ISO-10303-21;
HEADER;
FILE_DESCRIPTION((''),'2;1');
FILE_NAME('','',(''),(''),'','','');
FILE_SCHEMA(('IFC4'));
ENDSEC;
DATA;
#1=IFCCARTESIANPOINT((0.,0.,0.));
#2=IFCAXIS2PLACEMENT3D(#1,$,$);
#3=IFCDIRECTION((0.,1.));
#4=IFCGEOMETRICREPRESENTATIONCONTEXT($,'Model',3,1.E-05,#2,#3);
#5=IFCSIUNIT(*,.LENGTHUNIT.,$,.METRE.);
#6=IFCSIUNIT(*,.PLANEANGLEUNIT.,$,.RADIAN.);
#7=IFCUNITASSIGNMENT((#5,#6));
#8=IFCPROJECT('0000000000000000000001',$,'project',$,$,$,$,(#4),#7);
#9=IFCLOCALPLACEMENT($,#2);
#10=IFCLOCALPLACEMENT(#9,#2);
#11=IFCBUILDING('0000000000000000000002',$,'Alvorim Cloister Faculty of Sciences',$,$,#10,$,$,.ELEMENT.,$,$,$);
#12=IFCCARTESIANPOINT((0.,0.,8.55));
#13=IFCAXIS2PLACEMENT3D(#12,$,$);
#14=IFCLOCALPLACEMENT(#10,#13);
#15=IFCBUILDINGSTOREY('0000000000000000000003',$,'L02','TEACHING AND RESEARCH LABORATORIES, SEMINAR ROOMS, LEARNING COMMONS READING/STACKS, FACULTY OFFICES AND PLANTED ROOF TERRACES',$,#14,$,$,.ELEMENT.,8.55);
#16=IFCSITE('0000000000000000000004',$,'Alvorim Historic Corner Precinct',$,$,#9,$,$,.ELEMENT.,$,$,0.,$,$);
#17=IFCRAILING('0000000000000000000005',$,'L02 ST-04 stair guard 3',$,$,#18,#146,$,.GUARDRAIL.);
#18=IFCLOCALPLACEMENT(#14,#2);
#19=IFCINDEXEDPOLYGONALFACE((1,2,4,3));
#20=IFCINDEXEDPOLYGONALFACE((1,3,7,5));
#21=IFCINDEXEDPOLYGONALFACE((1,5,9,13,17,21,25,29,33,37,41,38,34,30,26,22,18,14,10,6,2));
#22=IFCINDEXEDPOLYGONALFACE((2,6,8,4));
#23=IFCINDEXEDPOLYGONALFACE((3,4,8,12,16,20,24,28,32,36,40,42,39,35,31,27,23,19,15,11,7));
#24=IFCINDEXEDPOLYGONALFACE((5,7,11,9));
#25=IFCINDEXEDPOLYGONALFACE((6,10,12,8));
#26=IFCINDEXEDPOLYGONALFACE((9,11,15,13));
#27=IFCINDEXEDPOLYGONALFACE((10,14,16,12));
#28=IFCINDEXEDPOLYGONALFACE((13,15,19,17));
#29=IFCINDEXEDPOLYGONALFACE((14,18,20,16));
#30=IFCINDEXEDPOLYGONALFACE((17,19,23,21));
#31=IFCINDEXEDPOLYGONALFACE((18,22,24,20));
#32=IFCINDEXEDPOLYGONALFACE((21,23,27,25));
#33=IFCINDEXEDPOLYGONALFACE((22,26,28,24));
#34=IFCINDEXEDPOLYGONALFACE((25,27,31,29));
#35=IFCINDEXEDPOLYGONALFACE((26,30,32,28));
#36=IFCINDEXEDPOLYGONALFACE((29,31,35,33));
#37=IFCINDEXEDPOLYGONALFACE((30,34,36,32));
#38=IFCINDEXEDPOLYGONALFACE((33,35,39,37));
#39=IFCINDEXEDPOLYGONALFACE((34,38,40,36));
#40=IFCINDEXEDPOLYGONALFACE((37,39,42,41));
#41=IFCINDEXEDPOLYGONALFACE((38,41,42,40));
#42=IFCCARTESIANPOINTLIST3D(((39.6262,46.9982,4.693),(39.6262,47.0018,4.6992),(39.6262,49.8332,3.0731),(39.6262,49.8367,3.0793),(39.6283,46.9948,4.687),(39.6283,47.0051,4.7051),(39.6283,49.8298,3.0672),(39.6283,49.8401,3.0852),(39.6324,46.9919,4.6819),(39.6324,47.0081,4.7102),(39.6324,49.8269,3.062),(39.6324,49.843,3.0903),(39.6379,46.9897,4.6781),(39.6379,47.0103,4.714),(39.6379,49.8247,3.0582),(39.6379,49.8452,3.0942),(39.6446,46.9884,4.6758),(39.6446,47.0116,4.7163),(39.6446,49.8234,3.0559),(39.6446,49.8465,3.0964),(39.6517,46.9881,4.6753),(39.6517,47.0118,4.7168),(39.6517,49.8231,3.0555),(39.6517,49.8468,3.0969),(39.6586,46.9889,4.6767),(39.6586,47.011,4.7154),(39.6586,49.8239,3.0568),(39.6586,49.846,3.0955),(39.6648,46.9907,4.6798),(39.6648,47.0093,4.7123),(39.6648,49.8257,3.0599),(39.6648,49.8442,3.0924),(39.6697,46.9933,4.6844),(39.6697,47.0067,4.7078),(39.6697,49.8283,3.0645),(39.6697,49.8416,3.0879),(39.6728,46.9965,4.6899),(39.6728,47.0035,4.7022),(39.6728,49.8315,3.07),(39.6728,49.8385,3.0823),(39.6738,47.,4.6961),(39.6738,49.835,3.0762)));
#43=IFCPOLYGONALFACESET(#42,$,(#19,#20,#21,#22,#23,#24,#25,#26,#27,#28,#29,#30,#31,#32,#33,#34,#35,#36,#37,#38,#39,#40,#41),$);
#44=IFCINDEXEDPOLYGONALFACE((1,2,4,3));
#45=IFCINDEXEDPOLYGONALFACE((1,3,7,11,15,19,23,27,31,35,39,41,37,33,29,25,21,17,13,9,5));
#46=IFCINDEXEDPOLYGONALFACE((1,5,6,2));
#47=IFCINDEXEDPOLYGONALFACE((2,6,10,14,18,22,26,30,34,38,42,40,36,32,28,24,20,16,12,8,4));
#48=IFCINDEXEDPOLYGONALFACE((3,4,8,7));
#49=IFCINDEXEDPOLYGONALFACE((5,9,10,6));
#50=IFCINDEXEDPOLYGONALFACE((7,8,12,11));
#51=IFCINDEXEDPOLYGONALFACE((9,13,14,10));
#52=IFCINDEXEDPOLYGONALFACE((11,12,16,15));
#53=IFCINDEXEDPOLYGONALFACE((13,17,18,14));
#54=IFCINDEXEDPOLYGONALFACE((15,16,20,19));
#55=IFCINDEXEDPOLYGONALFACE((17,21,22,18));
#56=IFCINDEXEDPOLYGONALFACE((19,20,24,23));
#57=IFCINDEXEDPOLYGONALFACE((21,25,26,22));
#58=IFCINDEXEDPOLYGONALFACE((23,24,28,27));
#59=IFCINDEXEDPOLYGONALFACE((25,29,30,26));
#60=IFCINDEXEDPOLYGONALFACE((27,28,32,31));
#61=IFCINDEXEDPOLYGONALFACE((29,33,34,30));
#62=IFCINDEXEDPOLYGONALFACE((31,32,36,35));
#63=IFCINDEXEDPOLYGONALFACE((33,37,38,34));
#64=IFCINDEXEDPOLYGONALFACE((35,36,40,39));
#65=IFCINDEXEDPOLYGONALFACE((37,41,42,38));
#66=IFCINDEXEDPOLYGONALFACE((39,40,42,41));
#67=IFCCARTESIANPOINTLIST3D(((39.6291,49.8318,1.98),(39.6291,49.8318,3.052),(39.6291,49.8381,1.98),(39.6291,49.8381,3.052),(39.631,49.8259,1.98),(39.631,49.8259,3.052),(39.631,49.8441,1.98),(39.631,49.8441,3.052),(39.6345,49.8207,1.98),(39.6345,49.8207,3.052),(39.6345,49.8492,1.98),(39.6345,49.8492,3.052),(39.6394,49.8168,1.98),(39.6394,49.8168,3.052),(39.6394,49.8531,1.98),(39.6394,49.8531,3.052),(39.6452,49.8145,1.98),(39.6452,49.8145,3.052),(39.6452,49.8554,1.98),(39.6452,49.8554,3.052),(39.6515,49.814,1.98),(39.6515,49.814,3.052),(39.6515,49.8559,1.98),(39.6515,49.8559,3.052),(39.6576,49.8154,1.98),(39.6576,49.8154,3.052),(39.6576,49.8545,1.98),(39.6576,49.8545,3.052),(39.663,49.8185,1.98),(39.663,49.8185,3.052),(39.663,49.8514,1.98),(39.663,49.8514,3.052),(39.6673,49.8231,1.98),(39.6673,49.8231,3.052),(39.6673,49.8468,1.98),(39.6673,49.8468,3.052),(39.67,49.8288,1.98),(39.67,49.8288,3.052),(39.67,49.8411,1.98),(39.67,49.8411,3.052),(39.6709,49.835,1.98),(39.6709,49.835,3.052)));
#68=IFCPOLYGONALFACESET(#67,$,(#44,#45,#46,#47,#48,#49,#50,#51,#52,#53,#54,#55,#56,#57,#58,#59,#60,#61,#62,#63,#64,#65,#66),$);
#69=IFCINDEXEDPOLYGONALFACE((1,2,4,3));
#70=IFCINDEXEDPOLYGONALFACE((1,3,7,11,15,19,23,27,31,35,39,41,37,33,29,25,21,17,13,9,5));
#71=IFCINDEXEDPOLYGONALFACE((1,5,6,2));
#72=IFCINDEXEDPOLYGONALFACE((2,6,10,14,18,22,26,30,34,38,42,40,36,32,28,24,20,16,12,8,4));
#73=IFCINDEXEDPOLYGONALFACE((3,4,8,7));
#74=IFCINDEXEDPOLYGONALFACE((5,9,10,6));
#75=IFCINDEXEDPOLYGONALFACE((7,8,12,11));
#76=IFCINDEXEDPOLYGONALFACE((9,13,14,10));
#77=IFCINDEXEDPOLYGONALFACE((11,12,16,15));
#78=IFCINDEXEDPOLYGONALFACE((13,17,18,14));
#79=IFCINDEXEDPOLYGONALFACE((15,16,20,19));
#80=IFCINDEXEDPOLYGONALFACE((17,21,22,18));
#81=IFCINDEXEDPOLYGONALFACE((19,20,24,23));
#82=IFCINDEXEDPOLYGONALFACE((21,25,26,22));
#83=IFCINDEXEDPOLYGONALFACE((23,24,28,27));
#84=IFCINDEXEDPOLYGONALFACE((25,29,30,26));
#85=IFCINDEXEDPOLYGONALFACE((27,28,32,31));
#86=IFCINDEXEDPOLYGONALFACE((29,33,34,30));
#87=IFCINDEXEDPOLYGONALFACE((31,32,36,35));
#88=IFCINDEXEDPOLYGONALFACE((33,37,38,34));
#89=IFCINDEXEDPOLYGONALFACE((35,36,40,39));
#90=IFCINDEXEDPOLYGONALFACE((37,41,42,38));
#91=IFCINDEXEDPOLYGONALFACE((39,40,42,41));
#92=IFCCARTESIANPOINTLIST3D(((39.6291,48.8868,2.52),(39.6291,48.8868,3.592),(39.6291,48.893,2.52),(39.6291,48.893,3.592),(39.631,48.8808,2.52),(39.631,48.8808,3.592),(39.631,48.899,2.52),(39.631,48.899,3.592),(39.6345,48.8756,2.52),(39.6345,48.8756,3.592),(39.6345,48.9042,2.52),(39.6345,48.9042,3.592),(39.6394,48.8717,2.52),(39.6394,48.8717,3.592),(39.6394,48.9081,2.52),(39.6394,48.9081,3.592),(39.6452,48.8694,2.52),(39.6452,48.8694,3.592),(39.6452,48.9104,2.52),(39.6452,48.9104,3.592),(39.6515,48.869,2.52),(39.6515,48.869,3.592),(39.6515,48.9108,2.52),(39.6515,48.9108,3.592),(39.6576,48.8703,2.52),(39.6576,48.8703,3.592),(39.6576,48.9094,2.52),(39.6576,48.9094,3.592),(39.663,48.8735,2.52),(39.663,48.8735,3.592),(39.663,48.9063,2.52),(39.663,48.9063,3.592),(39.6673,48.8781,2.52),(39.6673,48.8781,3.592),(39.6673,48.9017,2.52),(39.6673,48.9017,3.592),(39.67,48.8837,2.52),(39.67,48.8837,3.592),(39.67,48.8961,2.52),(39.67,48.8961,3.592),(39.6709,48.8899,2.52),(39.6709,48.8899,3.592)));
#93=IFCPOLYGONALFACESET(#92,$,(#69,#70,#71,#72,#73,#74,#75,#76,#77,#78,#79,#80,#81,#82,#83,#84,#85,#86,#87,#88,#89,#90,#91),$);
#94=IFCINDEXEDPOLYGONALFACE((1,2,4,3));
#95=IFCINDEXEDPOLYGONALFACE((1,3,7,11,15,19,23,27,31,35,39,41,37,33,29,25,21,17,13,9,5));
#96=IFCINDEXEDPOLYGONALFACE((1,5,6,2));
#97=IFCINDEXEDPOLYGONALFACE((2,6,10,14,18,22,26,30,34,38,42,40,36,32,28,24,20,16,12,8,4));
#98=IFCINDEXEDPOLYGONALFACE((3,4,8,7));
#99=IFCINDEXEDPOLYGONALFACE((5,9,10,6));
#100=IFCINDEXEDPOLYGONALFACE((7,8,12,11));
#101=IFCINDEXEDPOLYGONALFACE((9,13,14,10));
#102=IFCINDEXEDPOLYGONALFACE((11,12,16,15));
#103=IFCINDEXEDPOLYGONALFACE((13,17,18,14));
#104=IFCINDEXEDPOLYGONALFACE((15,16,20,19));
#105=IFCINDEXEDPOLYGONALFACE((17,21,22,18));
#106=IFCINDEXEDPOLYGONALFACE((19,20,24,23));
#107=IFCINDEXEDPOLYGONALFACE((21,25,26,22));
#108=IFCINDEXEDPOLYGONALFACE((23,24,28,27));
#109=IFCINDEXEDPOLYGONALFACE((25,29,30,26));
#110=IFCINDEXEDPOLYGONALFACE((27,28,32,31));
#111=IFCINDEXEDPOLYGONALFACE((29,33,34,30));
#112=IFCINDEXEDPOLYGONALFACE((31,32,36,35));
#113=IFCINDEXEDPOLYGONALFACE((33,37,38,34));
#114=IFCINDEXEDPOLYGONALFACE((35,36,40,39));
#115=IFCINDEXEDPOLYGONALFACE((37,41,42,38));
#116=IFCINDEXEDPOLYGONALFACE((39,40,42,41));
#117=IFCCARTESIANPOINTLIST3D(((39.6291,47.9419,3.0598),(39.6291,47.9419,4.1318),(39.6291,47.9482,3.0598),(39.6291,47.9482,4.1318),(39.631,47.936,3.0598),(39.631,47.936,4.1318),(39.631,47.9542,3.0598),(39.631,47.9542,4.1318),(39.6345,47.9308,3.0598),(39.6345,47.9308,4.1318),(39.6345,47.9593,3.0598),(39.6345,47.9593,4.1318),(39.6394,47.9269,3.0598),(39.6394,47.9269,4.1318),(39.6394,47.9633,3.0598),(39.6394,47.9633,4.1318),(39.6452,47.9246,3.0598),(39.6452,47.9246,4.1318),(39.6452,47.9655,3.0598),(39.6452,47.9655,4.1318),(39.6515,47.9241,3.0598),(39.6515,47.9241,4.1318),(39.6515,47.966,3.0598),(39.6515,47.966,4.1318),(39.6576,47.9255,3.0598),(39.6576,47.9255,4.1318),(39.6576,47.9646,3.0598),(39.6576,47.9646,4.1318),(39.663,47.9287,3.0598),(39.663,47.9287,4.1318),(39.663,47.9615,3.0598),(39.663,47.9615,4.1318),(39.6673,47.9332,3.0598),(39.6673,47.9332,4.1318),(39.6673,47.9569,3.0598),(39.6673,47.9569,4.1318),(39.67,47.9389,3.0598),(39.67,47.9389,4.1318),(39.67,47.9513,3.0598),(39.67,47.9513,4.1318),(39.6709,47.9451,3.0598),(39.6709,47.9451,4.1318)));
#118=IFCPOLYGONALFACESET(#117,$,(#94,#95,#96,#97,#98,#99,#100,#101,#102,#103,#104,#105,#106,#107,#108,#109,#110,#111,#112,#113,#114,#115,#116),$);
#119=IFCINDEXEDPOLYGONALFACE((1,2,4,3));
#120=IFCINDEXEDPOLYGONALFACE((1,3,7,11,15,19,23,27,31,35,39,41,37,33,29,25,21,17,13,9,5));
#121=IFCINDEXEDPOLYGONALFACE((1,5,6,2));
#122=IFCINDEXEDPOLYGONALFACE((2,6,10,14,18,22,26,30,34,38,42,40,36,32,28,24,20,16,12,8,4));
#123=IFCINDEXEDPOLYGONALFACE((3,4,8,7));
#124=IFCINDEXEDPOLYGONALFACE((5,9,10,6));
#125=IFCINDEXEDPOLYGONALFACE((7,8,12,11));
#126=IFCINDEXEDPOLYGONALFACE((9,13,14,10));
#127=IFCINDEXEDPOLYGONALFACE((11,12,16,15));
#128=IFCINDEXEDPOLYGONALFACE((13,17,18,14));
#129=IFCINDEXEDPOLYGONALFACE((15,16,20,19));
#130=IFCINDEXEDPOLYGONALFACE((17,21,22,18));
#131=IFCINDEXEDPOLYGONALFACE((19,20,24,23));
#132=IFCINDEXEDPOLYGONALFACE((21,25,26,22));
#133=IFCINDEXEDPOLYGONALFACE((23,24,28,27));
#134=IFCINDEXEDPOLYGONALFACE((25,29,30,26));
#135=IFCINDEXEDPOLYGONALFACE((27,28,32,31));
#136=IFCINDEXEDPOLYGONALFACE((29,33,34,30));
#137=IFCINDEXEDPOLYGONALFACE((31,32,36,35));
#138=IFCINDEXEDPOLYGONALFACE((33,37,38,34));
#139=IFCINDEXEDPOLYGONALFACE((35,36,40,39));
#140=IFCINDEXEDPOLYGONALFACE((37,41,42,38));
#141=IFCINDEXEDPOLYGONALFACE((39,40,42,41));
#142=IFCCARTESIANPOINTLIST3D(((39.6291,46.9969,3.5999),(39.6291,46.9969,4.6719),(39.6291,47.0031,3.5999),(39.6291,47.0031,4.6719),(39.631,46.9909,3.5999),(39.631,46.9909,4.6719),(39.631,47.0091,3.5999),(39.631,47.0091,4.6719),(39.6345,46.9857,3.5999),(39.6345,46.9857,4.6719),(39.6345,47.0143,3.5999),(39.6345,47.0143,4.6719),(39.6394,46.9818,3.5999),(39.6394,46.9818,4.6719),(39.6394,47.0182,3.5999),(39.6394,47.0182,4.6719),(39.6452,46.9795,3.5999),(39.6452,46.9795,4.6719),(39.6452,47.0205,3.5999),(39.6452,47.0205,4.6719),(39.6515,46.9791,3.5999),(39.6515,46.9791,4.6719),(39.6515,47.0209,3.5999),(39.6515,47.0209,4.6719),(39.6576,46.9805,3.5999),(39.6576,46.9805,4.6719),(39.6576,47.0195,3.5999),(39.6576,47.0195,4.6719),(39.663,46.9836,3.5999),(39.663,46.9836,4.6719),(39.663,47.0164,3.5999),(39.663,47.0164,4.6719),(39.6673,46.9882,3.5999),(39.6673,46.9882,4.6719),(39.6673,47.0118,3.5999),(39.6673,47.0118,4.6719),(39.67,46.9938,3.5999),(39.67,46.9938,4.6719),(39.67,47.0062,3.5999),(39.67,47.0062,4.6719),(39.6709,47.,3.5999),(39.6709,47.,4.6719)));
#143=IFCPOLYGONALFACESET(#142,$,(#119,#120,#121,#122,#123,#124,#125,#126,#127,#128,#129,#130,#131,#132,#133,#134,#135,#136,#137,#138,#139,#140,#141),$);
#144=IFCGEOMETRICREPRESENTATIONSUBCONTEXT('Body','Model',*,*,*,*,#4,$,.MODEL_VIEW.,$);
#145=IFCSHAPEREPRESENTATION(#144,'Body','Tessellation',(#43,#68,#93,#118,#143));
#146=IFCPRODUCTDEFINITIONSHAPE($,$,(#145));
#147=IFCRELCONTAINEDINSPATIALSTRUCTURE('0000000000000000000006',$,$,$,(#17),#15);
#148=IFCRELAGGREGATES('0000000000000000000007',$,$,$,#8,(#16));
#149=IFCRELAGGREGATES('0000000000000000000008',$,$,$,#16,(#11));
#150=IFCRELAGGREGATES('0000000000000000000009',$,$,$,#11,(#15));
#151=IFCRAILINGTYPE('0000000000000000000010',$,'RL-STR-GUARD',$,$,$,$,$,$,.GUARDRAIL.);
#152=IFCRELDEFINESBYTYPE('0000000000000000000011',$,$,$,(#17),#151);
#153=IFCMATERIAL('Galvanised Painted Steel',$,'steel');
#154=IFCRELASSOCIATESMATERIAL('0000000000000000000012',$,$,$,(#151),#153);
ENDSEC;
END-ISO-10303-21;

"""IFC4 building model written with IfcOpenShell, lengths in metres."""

from ifc_helpers import new_model, si_unit, direction, frame, origin, origin_2d, place, context, subcontext, project, spatial, circle, extrude, material, type_object, element, save


model = new_model("IFC4")

# Units and contexts
model_context = context("Model", 3, precision=1e-05, world=origin(), true_north=direction((0.0, 1.0)))
body_context = subcontext(model_context, "Body", "Model", "MODEL_VIEW")
ifc_project = project(units=[si_unit("LENGTHUNIT", "METRE"), si_unit("PLANEANGLEUNIT", "RADIAN")], contexts=[model_context])

# Site, building, storey
site_placement = place(None, origin())
site = spatial("IfcSite", under=ifc_project, at=site_placement, Name="Alvorim Historic Corner Precinct", CompositionType="ELEMENT", RefElevation=0.0)
building_placement = place(site_placement, origin())
building = spatial("IfcBuilding", under=site, at=building_placement, Name="Alvorim Cloister Faculty of Sciences", CompositionType="ELEMENT")
storey_placement = place(building_placement, frame((0.0, 0.0, 8.55)))
storey = spatial("IfcBuildingStorey", under=building, at=storey_placement, Name="L02", Description="TEACHING AND RESEARCH LABORATORIES, SEMINAR ROOMS, LEARNING COMMONS READING/STACKS, FACULTY OFFICES AND PLANTED ROOF TERRACES", CompositionType="ELEMENT", Elevation=8.55)

# Railing
ifc_material_1 = material(Name="Galvanised Painted Steel", Category="steel")
railing_type_1 = type_object("IfcRailingType", Name="RL-STR-GUARD", PredefinedType="GUARDRAIL", material=ifc_material_1)
railing_1_placement = place(storey_placement, frame((39.6499, 49.835, 1.98)))
element("IfcRailing", 1, at=railing_1_placement, inside=storey, type_object=railing_type_1, Name="L02 ST-04 stair guard 3", PredefinedType="GUARDRAIL", context=body_context, shape_type="SweptSolid", body=[
    extrude(circle(Radius=0.0239, at=origin_2d()), frame((0.0, 0.0, 1.0962), z_axis=(0.0, -0.868257, 0.496115), x_axis=(1.0, 0.0, 0.0)), (0.0, 0.0, 1.0), 3.2651),
    extrude(circle(Radius=0.021, at=origin_2d()), origin(), (0.0, 0.0, 1.0), 1.072),
    extrude(circle(Radius=0.021, at=origin_2d()), frame((0.0, -0.9451, 0.54)), (0.0, 0.0, 1.0), 1.072),
    extrude(circle(Radius=0.021, at=origin_2d()), frame((0.0, -1.8899, 1.0798)), (0.0, 0.0, 1.0), 1.072),
    extrude(circle(Radius=0.021, at=origin_2d()), frame((0.0, -2.835, 1.6199)), (0.0, 0.0, 1.0), 1.072),
])

save(model, "model.ifc")
